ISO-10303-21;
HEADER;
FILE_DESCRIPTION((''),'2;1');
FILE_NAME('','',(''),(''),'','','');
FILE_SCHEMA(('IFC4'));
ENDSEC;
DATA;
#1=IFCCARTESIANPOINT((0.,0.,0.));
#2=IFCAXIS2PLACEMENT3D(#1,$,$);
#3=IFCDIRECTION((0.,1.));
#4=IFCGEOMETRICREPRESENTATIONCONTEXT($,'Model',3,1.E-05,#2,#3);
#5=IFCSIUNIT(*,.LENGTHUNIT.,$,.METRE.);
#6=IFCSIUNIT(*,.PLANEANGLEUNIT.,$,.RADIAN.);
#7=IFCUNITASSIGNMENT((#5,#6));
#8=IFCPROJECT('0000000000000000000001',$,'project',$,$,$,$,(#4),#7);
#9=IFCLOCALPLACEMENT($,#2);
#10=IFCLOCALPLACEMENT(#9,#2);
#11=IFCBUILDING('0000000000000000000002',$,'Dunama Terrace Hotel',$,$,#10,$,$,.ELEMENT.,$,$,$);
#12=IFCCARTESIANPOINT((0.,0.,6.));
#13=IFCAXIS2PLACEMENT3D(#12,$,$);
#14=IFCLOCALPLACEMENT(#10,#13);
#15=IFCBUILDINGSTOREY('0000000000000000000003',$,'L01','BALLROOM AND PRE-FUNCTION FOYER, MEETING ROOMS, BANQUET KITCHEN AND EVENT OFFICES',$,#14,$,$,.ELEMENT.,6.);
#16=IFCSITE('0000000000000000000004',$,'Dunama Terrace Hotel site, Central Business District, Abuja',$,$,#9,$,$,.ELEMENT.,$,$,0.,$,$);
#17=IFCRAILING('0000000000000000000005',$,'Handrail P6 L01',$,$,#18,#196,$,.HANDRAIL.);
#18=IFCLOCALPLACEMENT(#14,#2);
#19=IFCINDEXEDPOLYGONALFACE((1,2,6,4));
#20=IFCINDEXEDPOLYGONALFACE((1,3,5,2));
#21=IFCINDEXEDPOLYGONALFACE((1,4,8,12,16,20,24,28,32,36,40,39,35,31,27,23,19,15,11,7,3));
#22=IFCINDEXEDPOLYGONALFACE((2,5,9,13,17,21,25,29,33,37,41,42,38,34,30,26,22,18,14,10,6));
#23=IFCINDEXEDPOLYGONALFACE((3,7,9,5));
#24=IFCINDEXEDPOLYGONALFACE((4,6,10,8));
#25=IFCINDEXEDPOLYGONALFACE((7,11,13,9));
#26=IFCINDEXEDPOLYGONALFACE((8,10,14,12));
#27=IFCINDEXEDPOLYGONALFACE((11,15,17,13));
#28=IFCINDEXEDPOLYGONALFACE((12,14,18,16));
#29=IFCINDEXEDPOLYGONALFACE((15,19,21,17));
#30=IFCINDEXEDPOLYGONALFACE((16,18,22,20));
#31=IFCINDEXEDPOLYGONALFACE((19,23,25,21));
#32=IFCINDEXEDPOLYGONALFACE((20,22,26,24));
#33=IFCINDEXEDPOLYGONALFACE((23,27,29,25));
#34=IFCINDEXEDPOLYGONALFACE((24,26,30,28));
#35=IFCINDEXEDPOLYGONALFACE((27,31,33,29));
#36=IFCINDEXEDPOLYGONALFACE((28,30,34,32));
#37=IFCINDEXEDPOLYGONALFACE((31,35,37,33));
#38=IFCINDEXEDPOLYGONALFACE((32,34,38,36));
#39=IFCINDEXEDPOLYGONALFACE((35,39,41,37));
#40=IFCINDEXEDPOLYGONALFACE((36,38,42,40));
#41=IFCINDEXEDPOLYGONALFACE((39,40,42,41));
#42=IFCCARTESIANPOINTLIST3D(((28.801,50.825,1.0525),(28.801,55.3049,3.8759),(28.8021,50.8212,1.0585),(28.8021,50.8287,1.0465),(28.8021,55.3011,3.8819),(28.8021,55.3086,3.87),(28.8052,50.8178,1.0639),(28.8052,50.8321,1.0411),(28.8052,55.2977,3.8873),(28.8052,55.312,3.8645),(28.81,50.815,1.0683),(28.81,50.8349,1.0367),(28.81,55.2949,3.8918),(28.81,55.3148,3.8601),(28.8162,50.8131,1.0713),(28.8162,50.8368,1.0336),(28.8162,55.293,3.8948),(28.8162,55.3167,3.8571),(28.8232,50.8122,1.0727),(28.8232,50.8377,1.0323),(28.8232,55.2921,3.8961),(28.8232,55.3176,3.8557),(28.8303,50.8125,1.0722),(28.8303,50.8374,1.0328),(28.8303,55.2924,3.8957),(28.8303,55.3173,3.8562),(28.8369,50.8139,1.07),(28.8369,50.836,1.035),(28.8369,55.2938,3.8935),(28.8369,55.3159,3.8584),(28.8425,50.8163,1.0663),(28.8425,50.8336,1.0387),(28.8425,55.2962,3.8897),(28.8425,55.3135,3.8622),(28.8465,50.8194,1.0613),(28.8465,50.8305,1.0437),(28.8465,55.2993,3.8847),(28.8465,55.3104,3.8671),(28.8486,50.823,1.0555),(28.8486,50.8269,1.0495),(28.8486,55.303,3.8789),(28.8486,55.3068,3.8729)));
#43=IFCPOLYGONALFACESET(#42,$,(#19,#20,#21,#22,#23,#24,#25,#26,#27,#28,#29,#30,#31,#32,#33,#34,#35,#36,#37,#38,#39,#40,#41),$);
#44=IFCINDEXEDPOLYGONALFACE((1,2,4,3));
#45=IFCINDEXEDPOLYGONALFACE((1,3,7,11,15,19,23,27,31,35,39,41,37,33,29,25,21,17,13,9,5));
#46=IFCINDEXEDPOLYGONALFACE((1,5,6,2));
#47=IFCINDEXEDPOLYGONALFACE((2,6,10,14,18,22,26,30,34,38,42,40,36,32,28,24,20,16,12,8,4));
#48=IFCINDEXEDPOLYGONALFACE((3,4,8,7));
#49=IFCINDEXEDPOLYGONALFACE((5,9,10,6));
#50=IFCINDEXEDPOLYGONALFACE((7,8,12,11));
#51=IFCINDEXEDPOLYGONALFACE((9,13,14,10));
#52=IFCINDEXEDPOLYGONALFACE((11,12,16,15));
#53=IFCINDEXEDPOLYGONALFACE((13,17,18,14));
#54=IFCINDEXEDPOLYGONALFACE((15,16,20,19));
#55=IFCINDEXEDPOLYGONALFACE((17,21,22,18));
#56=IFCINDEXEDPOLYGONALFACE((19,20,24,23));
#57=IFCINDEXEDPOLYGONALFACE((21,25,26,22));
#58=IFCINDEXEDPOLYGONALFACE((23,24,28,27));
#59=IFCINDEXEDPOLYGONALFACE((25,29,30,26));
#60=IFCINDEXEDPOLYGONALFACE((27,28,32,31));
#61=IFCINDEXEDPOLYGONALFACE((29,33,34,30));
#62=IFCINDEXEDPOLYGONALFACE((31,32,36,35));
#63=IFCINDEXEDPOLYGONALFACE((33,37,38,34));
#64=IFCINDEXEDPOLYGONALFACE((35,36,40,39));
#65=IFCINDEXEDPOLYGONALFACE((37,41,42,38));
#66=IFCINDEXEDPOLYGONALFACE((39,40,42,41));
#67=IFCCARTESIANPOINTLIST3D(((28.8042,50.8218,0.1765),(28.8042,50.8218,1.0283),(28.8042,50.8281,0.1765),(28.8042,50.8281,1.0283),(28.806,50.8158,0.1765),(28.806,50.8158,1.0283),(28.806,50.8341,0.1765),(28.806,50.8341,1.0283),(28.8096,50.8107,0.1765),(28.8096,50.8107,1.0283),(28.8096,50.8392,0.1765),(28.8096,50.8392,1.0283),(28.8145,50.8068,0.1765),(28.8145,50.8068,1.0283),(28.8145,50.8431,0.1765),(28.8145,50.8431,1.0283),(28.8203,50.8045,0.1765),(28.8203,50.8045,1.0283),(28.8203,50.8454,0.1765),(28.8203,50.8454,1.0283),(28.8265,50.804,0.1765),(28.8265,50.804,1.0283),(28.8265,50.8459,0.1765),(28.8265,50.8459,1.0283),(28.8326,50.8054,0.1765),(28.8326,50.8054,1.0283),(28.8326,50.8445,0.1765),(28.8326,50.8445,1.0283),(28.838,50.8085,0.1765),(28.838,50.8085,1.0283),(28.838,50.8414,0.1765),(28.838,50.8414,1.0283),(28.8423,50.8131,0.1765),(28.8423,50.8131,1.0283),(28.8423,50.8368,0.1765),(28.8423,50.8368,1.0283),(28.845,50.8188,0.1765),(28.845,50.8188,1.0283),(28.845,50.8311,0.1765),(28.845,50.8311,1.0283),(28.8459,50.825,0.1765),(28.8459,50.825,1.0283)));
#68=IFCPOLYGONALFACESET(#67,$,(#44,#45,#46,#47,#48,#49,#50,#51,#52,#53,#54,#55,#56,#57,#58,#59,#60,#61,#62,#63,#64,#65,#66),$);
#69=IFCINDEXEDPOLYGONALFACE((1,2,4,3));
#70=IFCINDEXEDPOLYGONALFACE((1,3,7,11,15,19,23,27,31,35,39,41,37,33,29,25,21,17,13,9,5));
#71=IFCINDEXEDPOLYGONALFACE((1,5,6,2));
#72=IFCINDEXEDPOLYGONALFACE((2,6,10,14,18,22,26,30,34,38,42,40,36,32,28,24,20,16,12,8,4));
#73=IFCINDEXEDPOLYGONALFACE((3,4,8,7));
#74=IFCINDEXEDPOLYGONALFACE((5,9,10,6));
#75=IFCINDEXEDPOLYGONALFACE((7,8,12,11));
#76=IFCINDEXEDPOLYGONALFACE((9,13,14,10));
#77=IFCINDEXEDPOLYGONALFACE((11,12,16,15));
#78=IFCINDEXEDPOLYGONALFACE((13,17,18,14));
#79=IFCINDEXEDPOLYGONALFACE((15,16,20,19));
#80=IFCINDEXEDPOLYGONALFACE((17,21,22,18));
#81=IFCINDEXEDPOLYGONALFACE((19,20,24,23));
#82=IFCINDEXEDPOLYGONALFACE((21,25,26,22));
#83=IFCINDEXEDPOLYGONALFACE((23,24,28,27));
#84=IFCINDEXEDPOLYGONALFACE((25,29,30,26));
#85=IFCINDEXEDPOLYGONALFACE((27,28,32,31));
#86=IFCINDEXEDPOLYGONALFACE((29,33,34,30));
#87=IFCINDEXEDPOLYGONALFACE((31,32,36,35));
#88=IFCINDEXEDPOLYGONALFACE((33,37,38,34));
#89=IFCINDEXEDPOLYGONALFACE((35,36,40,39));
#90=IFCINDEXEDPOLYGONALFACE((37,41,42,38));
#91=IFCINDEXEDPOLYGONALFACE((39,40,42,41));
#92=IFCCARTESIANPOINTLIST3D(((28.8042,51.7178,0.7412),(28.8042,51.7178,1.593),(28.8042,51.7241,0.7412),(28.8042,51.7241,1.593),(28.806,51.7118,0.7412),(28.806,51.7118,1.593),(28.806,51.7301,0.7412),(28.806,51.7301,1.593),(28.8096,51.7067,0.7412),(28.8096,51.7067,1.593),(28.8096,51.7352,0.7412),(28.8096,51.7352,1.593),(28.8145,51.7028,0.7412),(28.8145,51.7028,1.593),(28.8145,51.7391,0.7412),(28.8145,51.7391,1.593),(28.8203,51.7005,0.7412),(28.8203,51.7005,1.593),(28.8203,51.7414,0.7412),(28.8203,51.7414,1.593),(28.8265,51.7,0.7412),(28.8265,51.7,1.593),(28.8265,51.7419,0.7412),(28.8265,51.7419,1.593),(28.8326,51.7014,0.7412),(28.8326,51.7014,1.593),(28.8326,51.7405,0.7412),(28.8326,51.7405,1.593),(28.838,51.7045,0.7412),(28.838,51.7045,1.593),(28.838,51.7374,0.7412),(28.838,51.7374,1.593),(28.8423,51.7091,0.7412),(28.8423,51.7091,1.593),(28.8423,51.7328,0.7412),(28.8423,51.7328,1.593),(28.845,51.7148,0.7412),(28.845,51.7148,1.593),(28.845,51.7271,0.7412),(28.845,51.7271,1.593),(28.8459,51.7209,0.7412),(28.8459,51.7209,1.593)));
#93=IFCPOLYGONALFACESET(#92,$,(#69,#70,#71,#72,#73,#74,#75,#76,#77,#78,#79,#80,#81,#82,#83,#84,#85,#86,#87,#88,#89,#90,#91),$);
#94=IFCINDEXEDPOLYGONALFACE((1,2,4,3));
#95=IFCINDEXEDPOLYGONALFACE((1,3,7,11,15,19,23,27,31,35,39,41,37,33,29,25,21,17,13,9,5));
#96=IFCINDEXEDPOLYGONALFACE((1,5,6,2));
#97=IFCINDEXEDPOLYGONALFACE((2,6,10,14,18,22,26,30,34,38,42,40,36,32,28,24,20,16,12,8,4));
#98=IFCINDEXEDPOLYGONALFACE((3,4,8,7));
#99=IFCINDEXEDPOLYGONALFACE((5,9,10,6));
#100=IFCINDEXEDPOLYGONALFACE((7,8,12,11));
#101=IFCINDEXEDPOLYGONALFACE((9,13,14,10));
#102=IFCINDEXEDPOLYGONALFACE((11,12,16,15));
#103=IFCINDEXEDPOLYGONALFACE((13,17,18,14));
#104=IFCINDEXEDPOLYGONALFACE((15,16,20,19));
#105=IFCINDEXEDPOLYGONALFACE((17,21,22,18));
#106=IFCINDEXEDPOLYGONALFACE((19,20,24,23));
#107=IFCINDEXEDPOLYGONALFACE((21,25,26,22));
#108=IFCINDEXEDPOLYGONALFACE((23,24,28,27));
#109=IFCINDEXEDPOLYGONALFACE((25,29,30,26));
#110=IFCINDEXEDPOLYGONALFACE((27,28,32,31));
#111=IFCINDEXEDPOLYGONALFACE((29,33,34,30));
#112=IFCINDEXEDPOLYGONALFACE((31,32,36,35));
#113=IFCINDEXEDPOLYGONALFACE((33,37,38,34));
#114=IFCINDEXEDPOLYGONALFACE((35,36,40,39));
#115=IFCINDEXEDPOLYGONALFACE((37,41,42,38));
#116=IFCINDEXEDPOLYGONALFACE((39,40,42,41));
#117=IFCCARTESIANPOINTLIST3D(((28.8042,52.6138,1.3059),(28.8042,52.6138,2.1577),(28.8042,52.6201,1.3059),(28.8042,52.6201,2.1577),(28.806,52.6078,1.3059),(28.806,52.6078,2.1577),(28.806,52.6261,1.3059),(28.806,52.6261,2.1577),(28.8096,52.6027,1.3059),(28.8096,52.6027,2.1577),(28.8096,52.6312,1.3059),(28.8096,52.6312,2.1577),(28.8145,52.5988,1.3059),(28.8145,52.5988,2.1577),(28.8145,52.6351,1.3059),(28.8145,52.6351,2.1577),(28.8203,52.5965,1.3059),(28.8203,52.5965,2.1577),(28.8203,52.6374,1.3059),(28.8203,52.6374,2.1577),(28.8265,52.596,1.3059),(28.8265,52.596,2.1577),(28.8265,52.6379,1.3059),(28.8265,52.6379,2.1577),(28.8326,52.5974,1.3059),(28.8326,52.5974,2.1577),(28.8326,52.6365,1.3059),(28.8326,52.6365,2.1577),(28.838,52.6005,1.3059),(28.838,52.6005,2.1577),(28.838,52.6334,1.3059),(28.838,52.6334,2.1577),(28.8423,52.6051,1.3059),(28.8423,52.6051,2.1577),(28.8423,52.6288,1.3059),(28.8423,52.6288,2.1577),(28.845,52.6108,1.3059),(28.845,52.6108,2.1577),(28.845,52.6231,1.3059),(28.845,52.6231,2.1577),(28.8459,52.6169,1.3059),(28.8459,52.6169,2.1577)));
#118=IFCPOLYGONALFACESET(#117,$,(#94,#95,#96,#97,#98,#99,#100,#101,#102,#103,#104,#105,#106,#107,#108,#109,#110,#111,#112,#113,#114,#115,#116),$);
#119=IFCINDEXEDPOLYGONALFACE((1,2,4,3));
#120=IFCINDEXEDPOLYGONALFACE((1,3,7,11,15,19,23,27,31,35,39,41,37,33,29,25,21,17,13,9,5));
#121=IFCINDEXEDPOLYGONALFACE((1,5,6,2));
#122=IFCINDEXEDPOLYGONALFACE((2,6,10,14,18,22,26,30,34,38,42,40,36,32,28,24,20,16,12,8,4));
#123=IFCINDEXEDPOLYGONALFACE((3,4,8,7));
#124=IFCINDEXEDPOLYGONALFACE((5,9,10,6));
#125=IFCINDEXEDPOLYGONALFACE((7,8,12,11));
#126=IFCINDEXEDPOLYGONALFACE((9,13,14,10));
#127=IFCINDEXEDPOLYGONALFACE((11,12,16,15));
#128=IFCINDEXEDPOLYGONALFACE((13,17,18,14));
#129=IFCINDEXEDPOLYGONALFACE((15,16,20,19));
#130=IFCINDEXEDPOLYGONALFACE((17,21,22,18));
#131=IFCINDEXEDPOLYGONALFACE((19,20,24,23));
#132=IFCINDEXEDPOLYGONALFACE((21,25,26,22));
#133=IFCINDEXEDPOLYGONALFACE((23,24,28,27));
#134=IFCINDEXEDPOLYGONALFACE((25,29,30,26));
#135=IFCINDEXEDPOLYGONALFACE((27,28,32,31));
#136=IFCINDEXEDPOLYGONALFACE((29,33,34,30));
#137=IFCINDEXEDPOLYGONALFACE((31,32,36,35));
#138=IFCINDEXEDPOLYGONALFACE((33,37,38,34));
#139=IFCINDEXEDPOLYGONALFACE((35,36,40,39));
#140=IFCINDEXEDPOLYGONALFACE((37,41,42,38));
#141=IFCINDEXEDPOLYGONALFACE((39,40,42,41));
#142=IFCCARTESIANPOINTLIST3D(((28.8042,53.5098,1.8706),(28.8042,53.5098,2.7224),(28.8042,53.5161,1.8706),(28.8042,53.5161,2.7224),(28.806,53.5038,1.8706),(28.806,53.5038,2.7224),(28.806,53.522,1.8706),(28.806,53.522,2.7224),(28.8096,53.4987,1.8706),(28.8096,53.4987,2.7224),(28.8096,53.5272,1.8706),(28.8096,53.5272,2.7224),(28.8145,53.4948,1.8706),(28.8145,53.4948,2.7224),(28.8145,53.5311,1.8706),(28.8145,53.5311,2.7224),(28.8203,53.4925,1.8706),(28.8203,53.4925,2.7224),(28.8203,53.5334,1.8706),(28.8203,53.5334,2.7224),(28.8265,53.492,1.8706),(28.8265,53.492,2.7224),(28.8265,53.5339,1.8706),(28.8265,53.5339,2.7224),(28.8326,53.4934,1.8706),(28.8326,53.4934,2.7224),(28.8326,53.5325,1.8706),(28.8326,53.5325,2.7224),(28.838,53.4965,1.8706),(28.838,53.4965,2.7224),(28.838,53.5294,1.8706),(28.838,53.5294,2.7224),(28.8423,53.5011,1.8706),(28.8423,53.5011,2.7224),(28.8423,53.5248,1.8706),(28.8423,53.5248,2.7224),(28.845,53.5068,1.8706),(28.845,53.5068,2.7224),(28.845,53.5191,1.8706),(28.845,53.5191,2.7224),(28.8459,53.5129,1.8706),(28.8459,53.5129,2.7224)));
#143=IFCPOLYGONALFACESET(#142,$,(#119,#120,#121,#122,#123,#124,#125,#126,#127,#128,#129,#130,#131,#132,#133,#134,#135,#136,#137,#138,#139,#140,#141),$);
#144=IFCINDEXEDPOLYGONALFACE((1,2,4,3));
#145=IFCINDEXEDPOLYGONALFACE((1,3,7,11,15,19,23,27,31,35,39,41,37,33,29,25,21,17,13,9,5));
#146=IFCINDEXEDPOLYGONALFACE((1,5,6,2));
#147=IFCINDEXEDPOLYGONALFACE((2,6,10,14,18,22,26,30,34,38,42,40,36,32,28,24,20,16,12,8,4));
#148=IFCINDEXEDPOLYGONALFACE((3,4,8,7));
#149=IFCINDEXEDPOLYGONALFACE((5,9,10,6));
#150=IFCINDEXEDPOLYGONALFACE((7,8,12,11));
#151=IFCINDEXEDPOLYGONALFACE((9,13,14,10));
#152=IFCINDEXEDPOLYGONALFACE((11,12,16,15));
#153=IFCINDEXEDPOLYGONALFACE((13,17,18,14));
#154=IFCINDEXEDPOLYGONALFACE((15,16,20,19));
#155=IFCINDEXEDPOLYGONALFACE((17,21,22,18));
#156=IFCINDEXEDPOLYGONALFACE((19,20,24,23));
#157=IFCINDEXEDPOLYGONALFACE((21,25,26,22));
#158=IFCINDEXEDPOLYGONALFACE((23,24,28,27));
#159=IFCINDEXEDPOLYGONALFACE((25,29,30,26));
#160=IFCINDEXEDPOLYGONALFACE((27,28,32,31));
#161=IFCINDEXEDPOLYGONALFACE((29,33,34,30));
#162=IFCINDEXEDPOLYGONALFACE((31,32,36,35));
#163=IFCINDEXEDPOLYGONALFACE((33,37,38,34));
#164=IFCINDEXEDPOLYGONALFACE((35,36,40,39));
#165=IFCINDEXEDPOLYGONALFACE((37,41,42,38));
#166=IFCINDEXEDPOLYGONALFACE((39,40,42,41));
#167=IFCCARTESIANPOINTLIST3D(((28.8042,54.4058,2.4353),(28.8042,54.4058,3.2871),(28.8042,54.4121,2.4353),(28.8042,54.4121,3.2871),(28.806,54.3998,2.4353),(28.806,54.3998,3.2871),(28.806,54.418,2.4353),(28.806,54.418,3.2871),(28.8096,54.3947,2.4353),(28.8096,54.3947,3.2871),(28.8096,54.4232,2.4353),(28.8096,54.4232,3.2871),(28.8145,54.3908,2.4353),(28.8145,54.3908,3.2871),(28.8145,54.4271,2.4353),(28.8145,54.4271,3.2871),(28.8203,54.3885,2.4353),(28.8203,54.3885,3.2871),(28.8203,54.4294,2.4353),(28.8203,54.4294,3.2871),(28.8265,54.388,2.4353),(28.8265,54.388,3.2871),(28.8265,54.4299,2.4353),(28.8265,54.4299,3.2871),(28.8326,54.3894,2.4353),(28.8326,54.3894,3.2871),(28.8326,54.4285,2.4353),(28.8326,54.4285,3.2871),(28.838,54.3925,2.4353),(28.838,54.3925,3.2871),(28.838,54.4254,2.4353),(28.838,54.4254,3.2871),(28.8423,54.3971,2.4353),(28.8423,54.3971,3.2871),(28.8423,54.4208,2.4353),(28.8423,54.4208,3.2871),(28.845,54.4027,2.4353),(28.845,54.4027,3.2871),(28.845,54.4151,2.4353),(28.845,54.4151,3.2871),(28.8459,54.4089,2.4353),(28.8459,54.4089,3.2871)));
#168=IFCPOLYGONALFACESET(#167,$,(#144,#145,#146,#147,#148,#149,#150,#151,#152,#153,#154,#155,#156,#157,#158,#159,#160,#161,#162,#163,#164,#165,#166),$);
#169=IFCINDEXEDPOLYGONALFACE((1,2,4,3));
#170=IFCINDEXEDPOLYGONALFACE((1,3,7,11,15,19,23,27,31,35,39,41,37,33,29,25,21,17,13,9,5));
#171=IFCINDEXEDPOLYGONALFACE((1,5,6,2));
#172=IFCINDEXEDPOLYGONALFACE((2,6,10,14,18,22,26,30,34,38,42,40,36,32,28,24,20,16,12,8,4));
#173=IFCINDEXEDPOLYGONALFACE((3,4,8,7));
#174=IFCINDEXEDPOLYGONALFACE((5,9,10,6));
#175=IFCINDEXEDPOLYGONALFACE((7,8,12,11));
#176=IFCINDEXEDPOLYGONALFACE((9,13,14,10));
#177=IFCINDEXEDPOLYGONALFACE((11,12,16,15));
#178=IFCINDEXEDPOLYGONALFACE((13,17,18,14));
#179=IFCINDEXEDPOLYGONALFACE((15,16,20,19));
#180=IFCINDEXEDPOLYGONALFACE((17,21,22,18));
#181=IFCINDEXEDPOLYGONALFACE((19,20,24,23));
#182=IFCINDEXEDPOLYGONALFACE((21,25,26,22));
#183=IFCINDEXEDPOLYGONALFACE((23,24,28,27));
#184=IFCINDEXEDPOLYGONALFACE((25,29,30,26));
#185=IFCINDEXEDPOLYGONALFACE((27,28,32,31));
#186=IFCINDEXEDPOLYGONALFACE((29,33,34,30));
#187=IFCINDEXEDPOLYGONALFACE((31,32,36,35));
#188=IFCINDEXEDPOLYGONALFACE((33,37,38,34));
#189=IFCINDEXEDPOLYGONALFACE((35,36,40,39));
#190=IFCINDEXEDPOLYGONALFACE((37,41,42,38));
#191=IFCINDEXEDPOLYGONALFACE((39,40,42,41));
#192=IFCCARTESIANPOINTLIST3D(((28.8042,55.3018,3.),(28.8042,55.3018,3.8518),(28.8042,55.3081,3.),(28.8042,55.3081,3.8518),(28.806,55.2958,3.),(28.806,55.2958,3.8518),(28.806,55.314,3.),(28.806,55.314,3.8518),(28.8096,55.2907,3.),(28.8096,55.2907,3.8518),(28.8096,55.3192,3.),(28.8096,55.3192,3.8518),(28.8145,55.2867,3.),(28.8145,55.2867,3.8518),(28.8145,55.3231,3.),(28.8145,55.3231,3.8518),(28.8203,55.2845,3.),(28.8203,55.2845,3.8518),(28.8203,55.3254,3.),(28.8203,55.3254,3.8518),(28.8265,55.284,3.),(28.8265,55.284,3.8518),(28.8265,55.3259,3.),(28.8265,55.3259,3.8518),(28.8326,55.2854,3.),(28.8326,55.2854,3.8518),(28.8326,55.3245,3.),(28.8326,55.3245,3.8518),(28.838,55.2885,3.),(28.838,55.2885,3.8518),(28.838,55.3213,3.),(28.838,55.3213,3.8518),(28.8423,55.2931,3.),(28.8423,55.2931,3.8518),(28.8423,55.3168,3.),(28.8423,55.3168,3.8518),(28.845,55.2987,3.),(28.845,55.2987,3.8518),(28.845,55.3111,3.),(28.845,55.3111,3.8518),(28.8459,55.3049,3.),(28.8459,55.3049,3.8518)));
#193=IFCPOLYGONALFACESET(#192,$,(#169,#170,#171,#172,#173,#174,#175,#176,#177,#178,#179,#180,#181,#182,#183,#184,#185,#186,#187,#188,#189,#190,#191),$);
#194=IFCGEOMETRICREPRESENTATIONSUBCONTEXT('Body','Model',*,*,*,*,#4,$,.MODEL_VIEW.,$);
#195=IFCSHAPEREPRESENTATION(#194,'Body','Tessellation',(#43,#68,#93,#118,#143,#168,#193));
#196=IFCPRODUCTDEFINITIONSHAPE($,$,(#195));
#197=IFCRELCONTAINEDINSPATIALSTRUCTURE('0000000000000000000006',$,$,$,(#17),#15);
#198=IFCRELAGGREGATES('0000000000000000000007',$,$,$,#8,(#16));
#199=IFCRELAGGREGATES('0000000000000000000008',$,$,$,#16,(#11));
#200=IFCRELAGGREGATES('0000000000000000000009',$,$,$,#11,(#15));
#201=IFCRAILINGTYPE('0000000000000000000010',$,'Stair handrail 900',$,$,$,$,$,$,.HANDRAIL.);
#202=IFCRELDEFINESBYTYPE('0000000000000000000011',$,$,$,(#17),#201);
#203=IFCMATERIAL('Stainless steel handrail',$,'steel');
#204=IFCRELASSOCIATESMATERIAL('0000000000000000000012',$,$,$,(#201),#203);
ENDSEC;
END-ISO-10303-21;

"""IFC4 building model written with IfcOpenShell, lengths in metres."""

from ifc_helpers import new_model, si_unit, direction, frame, origin, origin_2d, place, context, subcontext, project, spatial, circle, extrude, material, type_object, element, save


model = new_model("IFC4")

# Units and contexts
model_context = context("Model", 3, precision=1e-05, world=origin(), true_north=direction((0.0, 1.0)))
body_context = subcontext(model_context, "Body", "Model", "MODEL_VIEW")
ifc_project = project(units=[si_unit("LENGTHUNIT", "METRE"), si_unit("PLANEANGLEUNIT", "RADIAN")], contexts=[model_context])

# Site, building, storey
site_placement = place(None, origin())
site = spatial("IfcSite", under=ifc_project, at=site_placement, Name="Dunama Terrace Hotel site, Central Business District, Abuja", CompositionType="ELEMENT", RefElevation=0.0)
building_placement = place(site_placement, origin())
building = spatial("IfcBuilding", under=site, at=building_placement, Name="Dunama Terrace Hotel", CompositionType="ELEMENT")
storey_placement = place(building_placement, frame((0.0, 0.0, 6.0)))
storey = spatial("IfcBuildingStorey", under=building, at=storey_placement, Name="L01", Description="BALLROOM AND PRE-FUNCTION FOYER, MEETING ROOMS, BANQUET KITCHEN AND EVENT OFFICES", CompositionType="ELEMENT", Elevation=6.0)

# Railing
ifc_material_1 = material(Name="Stainless steel handrail", Category="steel")
railing_type = type_object("IfcRailingType", Name="Stair handrail 900", PredefinedType="HANDRAIL", material=ifc_material_1)
railing_1_placement = place(storey_placement, frame((28.825, 50.825, 0.1765)))
element("IfcRailing", 1, at=railing_1_placement, inside=storey, type_object=railing_type, Name="Handrail P6 L01", PredefinedType="HANDRAIL", context=body_context, shape_type="SweptSolid", body=[
    extrude(circle(Radius=0.0239, at=origin_2d()), frame((0.0, 0.0, 0.876), z_axis=(0.0, 0.845998, 0.533186), x_axis=(-1.0, 0.0, 0.0)), (0.0, 0.0, 1.0), 5.2954),
    extrude(circle(Radius=0.021, at=origin_2d()), origin(), (0.0, 0.0, 1.0), 0.8518),
    extrude(circle(Radius=0.021, at=origin_2d()), frame((0.0, 0.896, 0.5647)), (0.0, 0.0, 1.0), 0.8518),
    extrude(circle(Radius=0.021, at=origin_2d()), frame((0.0, 1.792, 1.1294)), (0.0, 0.0, 1.0), 0.8518),
    extrude(circle(Radius=0.021, at=origin_2d()), frame((0.0, 2.688, 1.6941)), (0.0, 0.0, 1.0), 0.8518),
    extrude(circle(Radius=0.021, at=origin_2d()), frame((0.0, 3.584, 2.2588)), (0.0, 0.0, 1.0), 0.8518),
    extrude(circle(Radius=0.021, at=origin_2d()), frame((0.0, 4.48, 2.8235)), (0.0, 0.0, 1.0), 0.8518),
])

save(model, "model.ifc")
